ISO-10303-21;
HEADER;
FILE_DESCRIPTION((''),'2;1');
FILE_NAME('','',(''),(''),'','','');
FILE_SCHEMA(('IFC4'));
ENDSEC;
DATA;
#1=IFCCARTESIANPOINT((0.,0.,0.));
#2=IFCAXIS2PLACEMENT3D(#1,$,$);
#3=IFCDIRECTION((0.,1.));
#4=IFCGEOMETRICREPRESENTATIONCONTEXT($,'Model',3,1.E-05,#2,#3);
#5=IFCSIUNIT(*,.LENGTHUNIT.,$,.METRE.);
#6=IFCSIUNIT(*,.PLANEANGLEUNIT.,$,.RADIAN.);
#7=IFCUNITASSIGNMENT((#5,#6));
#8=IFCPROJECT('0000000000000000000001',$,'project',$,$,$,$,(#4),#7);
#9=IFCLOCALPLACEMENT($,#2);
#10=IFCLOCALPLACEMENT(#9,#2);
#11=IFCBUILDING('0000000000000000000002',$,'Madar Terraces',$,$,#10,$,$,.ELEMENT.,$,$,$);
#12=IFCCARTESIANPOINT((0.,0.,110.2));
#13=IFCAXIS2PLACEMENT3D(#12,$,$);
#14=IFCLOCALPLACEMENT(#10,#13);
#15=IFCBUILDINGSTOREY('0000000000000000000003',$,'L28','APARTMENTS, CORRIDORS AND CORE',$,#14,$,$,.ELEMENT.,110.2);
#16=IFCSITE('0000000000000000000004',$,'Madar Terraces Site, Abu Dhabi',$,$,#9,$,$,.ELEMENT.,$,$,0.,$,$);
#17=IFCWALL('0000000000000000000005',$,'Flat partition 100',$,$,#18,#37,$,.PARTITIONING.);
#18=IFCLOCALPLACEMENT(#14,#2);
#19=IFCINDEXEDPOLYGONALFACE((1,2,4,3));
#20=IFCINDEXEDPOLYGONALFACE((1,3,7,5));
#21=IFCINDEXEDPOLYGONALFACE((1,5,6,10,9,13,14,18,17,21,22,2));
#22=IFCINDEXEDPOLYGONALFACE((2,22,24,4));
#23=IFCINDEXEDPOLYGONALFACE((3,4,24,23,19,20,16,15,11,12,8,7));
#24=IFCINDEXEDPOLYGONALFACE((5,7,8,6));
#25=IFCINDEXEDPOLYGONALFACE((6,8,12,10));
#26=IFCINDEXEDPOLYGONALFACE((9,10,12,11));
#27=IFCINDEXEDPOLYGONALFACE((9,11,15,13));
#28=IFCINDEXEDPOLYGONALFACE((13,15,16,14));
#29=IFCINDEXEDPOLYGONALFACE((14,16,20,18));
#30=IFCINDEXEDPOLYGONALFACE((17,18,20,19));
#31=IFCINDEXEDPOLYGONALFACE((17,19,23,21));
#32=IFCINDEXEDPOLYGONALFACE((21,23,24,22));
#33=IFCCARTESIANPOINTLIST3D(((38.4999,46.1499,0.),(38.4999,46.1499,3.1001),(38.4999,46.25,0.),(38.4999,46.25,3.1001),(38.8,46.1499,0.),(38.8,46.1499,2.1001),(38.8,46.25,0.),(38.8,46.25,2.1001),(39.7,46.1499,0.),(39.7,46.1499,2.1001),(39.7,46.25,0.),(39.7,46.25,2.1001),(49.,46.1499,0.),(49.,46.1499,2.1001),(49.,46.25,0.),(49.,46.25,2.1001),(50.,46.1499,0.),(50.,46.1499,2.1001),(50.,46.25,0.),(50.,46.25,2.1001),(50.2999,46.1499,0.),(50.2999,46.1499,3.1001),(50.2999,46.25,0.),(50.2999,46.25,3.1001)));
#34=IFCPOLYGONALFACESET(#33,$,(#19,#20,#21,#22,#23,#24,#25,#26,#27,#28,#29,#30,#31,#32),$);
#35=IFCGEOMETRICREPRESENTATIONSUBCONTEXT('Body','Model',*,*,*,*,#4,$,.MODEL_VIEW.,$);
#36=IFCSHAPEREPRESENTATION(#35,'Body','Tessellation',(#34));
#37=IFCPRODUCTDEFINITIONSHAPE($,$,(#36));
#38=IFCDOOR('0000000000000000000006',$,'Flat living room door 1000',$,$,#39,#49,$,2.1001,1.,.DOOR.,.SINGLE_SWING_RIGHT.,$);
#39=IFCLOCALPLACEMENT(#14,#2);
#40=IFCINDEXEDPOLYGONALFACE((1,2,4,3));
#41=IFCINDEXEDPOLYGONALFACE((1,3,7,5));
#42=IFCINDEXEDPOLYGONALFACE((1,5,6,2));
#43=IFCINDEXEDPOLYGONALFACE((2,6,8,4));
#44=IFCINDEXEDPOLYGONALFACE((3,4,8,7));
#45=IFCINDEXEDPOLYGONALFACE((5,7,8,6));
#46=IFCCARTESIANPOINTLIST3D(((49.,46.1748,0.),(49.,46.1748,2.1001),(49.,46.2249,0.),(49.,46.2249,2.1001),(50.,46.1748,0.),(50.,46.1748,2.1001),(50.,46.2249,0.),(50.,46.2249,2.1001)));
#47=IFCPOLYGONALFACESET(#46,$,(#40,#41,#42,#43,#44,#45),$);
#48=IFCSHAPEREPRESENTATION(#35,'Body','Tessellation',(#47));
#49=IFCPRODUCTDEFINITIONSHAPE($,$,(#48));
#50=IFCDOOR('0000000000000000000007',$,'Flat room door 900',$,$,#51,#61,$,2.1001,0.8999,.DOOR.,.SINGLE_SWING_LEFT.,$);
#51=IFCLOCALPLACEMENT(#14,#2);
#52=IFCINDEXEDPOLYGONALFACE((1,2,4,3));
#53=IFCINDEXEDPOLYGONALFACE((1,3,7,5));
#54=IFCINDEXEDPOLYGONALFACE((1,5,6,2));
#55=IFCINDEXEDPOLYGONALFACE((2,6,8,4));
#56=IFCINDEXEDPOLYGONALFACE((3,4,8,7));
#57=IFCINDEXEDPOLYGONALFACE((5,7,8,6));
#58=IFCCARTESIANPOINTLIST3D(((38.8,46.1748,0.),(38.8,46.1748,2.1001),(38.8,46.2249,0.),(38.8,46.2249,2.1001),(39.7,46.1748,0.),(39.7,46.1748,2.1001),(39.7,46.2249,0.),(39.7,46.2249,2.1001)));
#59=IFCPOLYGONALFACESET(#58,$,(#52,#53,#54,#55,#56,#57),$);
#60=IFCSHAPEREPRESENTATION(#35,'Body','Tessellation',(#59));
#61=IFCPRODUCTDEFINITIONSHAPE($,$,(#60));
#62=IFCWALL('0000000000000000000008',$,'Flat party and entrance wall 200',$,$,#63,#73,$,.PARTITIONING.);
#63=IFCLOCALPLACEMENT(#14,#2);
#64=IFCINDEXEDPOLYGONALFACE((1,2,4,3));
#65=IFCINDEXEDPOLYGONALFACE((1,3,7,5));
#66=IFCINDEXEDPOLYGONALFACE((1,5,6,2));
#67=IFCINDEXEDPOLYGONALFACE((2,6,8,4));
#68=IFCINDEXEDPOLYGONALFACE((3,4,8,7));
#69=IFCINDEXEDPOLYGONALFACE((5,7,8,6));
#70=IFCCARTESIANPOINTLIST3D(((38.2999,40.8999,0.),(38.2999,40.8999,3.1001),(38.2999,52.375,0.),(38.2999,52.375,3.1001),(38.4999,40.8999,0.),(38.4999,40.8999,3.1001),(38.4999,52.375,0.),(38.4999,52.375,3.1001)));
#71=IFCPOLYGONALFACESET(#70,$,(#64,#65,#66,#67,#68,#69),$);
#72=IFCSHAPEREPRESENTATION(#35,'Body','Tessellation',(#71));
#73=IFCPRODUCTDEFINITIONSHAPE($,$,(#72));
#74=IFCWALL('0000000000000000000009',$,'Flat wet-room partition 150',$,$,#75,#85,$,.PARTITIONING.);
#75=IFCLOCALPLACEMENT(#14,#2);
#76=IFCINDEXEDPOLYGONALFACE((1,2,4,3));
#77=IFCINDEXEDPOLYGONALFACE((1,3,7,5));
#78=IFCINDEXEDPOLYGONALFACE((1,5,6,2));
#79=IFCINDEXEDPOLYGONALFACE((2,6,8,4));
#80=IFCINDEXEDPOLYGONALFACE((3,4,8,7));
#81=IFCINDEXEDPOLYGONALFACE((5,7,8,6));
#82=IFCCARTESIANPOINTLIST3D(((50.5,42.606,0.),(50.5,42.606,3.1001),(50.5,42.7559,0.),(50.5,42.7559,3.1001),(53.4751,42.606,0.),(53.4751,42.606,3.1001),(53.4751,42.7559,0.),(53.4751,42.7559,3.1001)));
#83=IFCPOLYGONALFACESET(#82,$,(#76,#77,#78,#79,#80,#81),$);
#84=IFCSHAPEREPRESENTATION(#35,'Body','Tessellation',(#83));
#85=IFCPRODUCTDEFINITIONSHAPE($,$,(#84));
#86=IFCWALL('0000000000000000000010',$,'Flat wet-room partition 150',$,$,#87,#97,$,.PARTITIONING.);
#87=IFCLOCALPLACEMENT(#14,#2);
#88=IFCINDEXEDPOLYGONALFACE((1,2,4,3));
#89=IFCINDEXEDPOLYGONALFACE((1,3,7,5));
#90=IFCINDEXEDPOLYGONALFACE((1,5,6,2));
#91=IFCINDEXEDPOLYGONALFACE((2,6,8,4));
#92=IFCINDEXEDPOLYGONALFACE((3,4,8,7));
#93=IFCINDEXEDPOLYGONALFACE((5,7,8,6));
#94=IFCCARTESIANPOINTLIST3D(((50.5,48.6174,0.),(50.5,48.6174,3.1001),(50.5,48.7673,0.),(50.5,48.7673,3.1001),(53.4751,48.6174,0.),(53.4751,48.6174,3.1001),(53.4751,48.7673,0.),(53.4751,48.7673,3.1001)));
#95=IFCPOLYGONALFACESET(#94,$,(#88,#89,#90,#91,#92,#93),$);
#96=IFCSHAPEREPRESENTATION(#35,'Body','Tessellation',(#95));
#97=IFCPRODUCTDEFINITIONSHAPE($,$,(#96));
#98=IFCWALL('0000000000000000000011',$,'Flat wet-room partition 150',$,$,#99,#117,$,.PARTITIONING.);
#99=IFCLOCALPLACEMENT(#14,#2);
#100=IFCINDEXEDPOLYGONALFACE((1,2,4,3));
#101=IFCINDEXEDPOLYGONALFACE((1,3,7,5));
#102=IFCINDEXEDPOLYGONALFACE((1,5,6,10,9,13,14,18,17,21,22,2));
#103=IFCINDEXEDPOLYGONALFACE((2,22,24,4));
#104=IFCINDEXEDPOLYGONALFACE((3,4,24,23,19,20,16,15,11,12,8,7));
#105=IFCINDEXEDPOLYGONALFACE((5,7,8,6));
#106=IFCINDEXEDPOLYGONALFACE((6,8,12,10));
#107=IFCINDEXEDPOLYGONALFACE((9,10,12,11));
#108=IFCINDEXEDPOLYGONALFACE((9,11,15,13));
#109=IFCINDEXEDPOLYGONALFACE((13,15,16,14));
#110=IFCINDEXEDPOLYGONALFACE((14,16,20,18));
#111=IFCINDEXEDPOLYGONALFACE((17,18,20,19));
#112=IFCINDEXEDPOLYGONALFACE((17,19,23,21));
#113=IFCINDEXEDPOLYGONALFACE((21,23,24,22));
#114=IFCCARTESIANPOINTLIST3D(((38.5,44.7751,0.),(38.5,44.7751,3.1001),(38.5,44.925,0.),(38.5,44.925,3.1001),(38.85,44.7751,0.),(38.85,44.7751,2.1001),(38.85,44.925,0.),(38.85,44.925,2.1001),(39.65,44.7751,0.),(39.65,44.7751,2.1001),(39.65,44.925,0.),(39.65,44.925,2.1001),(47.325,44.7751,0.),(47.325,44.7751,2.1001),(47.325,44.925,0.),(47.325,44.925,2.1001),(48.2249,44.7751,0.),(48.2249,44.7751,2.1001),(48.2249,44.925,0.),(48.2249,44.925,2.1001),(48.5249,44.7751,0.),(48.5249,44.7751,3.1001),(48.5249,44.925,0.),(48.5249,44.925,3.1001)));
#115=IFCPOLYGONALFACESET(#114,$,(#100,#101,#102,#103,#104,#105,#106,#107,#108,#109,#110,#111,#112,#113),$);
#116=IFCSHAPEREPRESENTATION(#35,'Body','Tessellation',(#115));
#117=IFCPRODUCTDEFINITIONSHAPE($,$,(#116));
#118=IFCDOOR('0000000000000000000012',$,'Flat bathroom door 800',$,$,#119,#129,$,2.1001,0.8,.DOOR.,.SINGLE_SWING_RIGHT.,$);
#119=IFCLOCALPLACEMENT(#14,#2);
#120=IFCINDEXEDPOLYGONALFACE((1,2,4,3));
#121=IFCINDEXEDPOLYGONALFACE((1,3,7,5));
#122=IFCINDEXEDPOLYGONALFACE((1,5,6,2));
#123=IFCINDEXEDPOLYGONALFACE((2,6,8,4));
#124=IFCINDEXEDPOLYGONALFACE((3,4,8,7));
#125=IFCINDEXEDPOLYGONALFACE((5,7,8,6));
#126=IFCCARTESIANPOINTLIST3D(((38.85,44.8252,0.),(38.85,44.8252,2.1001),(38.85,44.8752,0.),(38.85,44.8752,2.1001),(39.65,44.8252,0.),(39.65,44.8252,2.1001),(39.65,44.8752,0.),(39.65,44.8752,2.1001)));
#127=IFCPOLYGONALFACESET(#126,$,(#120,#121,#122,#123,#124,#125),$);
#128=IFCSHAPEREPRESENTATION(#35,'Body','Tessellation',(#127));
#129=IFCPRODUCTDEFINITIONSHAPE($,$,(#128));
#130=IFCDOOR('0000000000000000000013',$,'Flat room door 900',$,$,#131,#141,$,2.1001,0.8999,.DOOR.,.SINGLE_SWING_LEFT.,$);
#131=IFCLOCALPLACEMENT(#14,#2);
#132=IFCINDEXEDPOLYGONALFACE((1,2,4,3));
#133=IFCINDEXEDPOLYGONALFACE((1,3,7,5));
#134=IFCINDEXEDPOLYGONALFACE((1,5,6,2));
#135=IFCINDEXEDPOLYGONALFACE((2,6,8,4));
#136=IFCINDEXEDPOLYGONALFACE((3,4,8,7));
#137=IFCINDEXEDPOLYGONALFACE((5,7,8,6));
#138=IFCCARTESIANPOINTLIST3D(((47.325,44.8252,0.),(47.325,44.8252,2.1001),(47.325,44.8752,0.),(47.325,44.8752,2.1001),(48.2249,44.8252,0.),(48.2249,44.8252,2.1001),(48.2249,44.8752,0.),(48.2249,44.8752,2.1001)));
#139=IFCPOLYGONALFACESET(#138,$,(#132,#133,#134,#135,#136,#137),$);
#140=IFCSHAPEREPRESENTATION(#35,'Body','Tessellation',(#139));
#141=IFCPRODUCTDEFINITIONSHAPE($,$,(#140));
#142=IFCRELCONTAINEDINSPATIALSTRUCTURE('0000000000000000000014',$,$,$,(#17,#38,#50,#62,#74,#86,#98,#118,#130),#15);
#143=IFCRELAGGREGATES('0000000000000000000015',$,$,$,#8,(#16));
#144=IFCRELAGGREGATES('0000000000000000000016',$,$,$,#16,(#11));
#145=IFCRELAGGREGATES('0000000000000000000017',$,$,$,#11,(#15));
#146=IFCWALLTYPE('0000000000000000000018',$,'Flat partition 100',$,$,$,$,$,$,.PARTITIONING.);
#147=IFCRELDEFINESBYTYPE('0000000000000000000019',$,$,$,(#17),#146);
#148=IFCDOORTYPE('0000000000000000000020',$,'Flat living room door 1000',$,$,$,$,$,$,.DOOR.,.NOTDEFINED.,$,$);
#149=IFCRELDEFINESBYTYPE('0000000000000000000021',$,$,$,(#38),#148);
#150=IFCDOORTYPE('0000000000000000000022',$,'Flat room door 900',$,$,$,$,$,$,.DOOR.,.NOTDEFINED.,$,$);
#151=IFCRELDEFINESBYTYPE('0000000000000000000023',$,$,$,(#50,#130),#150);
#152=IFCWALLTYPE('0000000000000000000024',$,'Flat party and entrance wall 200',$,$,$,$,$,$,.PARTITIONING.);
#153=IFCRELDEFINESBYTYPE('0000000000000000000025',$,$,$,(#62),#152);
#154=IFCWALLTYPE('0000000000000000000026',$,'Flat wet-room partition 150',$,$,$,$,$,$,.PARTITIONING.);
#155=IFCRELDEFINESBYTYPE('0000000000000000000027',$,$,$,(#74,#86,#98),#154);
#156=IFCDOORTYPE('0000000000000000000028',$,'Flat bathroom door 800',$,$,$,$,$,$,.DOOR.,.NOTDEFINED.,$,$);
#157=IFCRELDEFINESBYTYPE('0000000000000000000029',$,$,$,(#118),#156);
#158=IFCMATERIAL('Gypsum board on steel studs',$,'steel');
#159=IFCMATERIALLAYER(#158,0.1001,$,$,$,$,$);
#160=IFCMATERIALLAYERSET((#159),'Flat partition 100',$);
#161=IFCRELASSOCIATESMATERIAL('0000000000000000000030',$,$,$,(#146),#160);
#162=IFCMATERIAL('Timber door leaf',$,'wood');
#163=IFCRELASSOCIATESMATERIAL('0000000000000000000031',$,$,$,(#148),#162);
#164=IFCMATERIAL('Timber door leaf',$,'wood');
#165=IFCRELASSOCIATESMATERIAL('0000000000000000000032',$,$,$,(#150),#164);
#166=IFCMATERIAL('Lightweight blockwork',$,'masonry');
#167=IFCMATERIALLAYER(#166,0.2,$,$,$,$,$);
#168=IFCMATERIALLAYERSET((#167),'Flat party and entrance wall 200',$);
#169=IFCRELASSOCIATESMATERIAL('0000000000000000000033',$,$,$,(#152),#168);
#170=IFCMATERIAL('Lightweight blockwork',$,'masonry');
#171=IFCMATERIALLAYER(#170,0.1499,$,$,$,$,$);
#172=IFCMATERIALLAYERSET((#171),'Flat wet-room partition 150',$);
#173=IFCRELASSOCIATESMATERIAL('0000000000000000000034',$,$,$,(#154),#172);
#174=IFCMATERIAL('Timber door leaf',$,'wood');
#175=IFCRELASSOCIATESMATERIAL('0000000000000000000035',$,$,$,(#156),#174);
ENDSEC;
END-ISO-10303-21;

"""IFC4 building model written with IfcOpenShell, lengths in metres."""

from ifc_helpers import new_model, si_unit, direction, frame, frame_2d, origin, place, context, subcontext, project, spatial, rectangle, extrude, material, layer, layer_set, type_object, element, fill, save


model = new_model("IFC4")

# Units and contexts
model_context = context("Model", 3, precision=1e-05, world=origin(), true_north=direction((0.0, 1.0)))
body_context = subcontext(model_context, "Body", "Model", "MODEL_VIEW")
ifc_project = project(units=[si_unit("LENGTHUNIT", "METRE"), si_unit("PLANEANGLEUNIT", "RADIAN")], contexts=[model_context])

# Site, building, storey
site_placement = place(None, origin())
site = spatial("IfcSite", under=ifc_project, at=site_placement, Name="Madar Terraces Site, Abu Dhabi", CompositionType="ELEMENT", RefElevation=0.0)
building_placement = place(site_placement, origin())
building = spatial("IfcBuilding", under=site, at=building_placement, Name="Madar Terraces", CompositionType="ELEMENT")
storey_placement = place(building_placement, frame((0.0, 0.0, 110.2)))
storey = spatial("IfcBuildingStorey", under=building, at=storey_placement, Name="L28", Description="APARTMENTS, CORRIDORS AND CORE", CompositionType="ELEMENT", Elevation=110.2)

# Shared definitions
ifc_material_1 = material(Name="Gypsum board on steel studs", Category="steel")
ifc_layer_1 = layer(ifc_material_1, 0.1001)
ifc_layer_set_1 = layer_set([ifc_layer_1], Name="Flat partition 100")
wall_type_1 = type_object("IfcWallType", Name="Flat partition 100", PredefinedType="PARTITIONING", material=ifc_layer_set_1)

# Wall, openings, doors
wall_1_placement = place(storey_placement, frame((38.5, 46.2, 0.0), z_axis=(0.0, 0.0, 1.0), x_axis=(1.0, 0.0, 0.0)))
wall_1 = element("IfcWall", 1, at=wall_1_placement, inside=storey, type_object=wall_type_1, Name="Flat partition 100", PredefinedType="PARTITIONING", context=body_context, shape_type="SweptSolid", body=[
    extrude(rectangle(XDim=11.8, YDim=0.1001, at=frame_2d((5.8999, 0.0))), origin(), (0.0, 0.0, 1.0), 3.1001),
])
opening_1_placement = place(wall_1_placement, frame((10.5, 0.0, 0.0)))
opening_1 = element("IfcOpeningElement", 2, at=opening_1_placement, cuts=wall_1, PredefinedType="OPENING", context=body_context, shape_type="SweptSolid", body=[
    extrude(rectangle(XDim=1.0, YDim=2.1001, at=frame_2d((0.5, 1.05))), frame((0.0, 0.0601, 0.0), z_axis=(0.0, -1.0, 0.0), x_axis=(1.0, 0.0, 0.0)), (0.0, 0.0, 1.0), 0.1201),
])
opening_2_placement = place(wall_1_placement, frame((0.3, 0.0, 0.0)))
opening_2 = element("IfcOpeningElement", 3, at=opening_2_placement, cuts=wall_1, PredefinedType="OPENING", context=body_context, shape_type="SweptSolid", body=[
    extrude(rectangle(XDim=0.8999, YDim=2.1001, at=frame_2d((0.45, 1.05))), frame((0.0, 0.0601, 0.0), z_axis=(0.0, -1.0, 0.0), x_axis=(1.0, 0.0, 0.0)), (0.0, 0.0, 1.0), 0.1201),
])
ifc_material_2 = material(Name="Timber door leaf", Category="wood")
door_type_1 = type_object("IfcDoorType", Name="Flat living room door 1000", OperationType="NOTDEFINED", PredefinedType="DOOR", material=ifc_material_2)
door_1_placement = place(opening_1_placement, origin())
door_1 = element("IfcDoor", 4, at=door_1_placement, inside=storey, type_object=door_type_1, Name="Flat living room door 1000", OperationType="SINGLE_SWING_RIGHT", OverallHeight=2.1001, OverallWidth=1.0, PredefinedType="DOOR", context=body_context, shape_type="SweptSolid", body=[
    extrude(rectangle(XDim=1.0, YDim=2.1001, at=frame_2d((0.5, 1.05))), frame((0.0, 0.0249, 0.0), z_axis=(0.0, -1.0, 0.0), x_axis=(1.0, 0.0, 0.0)), (0.0, 0.0, 1.0), 0.05),
])
fill(opening_1, door_1)
ifc_material_3 = material(Name="Timber door leaf", Category="wood")
door_type_2 = type_object("IfcDoorType", Name="Flat room door 900", OperationType="NOTDEFINED", PredefinedType="DOOR", material=ifc_material_3)
door_2_placement = place(opening_2_placement, origin())
door_2 = element("IfcDoor", 5, at=door_2_placement, inside=storey, type_object=door_type_2, Name="Flat room door 900", OperationType="SINGLE_SWING_LEFT", OverallHeight=2.1001, OverallWidth=0.8999, PredefinedType="DOOR", context=body_context, shape_type="SweptSolid", body=[
    extrude(rectangle(XDim=0.8999, YDim=2.1001, at=frame_2d((0.45, 1.05))), frame((0.0, 0.0249, 0.0), z_axis=(0.0, -1.0, 0.0), x_axis=(1.0, 0.0, 0.0)), (0.0, 0.0, 1.0), 0.05),
])
fill(opening_2, door_2)

# Walls
ifc_material_4 = material(Name="Lightweight blockwork", Category="masonry")
ifc_layer_2 = layer(ifc_material_4, 0.2)
ifc_layer_set_2 = layer_set([ifc_layer_2], Name="Flat party and entrance wall 200")
wall_type_2 = type_object("IfcWallType", Name="Flat party and entrance wall 200", PredefinedType="PARTITIONING", material=ifc_layer_set_2)
wall_2_placement = place(storey_placement, frame((38.3999, 52.375, 0.0), z_axis=(0.0, 0.0, 1.0), x_axis=(0.0, -1.0, 0.0)))
element("IfcWall", 6, at=wall_2_placement, inside=storey, type_object=wall_type_2, Name="Flat party and entrance wall 200", PredefinedType="PARTITIONING", context=body_context, shape_type="SweptSolid", body=[
    extrude(rectangle(XDim=11.4751, YDim=0.2, at=frame_2d((5.7375, 0.0))), origin(), (0.0, 0.0, 1.0), 3.1001),
])
ifc_material_5 = material(Name="Lightweight blockwork", Category="masonry")
ifc_layer_3 = layer(ifc_material_5, 0.1499)
ifc_layer_set_3 = layer_set([ifc_layer_3], Name="Flat wet-room partition 150")
wall_type_3 = type_object("IfcWallType", Name="Flat wet-room partition 150", PredefinedType="PARTITIONING", material=ifc_layer_set_3)
for number, where, z_axis, x_axis, name in (
    (7, (50.5, 42.6809, 0.0), (0.0, 0.0, 1.0), (1.0, 0.0, 0.0), "Flat wet-room partition 150"),
    (8, (50.5, 48.6924, 0.0), (0.0, 0.0, 1.0), (1.0, 0.0, 0.0), "Flat wet-room partition 150"),
):
    element("IfcWall", number, at=place(storey_placement, frame(where, z_axis=z_axis, x_axis=x_axis)), inside=storey, type_object=wall_type_3, Name=name, PredefinedType="PARTITIONING", context=body_context, shape_type="SweptSolid", body=[
        extrude(rectangle(XDim=2.9751, YDim=0.1499, at=frame_2d((1.4875, 0.0))), origin(), (0.0, 0.0, 1.0), 3.1001),
    ])

# Wall, openings, doors
wall_3_placement = place(storey_placement, frame((48.5249, 44.8501, 0.0), z_axis=(0.0, 0.0, 1.0), x_axis=(-1.0, 0.0, 0.0)))
wall_3 = element("IfcWall", 9, at=wall_3_placement, inside=storey, type_object=wall_type_3, Name="Flat wet-room partition 150", PredefinedType="PARTITIONING", context=body_context, shape_type="SweptSolid", body=[
    extrude(rectangle(XDim=10.0249, YDim=0.1499, at=frame_2d((5.0125, 0.0))), origin(), (0.0, 0.0, 1.0), 3.1001),
])
opening_3_placement = place(wall_3_placement, frame((0.3, 0.0, 0.0)))
opening_3 = element("IfcOpeningElement", 10, at=opening_3_placement, cuts=wall_3, PredefinedType="OPENING", context=body_context, shape_type="SweptSolid", body=[
    extrude(rectangle(XDim=0.8999, YDim=2.1001, at=frame_2d((0.45, 1.05))), frame((0.0, 0.085, 0.0), z_axis=(0.0, -1.0, 0.0), x_axis=(1.0, 0.0, 0.0)), (0.0, 0.0, 1.0), 0.1699),
])
opening_4_placement = place(wall_3_placement, frame((8.875, 0.0, 0.0)))
opening_4 = element("IfcOpeningElement", 11, at=opening_4_placement, cuts=wall_3, PredefinedType="OPENING", context=body_context, shape_type="SweptSolid", body=[
    extrude(rectangle(XDim=0.8, YDim=2.1001, at=frame_2d((0.3999, 1.05))), frame((0.0, 0.085, 0.0), z_axis=(0.0, -1.0, 0.0), x_axis=(1.0, 0.0, 0.0)), (0.0, 0.0, 1.0), 0.1699),
])
ifc_material_6 = material(Name="Timber door leaf", Category="wood")
door_type_3 = type_object("IfcDoorType", Name="Flat bathroom door 800", OperationType="NOTDEFINED", PredefinedType="DOOR", material=ifc_material_6)
door_3_placement = place(opening_4_placement, origin())
door_3 = element("IfcDoor", 12, at=door_3_placement, inside=storey, type_object=door_type_3, Name="Flat bathroom door 800", OperationType="SINGLE_SWING_RIGHT", OverallHeight=2.1001, OverallWidth=0.8, PredefinedType="DOOR", context=body_context, shape_type="SweptSolid", body=[
    extrude(rectangle(XDim=0.8, YDim=2.1001, at=frame_2d((0.3999, 1.05))), frame((0.0, 0.0249, 0.0), z_axis=(0.0, -1.0, 0.0), x_axis=(1.0, 0.0, 0.0)), (0.0, 0.0, 1.0), 0.05),
])
fill(opening_4, door_3)
door_4_placement = place(opening_3_placement, origin())
door_4 = element("IfcDoor", 13, at=door_4_placement, inside=storey, type_object=door_type_2, Name="Flat room door 900", OperationType="SINGLE_SWING_LEFT", OverallHeight=2.1001, OverallWidth=0.8999, PredefinedType="DOOR", context=body_context, shape_type="SweptSolid", body=[
    extrude(rectangle(XDim=0.8999, YDim=2.1001, at=frame_2d((0.45, 1.05))), frame((0.0, 0.0249, 0.0), z_axis=(0.0, -1.0, 0.0), x_axis=(1.0, 0.0, 0.0)), (0.0, 0.0, 1.0), 0.05),
])
fill(opening_3, door_4)

save(model, "model.ifc")
